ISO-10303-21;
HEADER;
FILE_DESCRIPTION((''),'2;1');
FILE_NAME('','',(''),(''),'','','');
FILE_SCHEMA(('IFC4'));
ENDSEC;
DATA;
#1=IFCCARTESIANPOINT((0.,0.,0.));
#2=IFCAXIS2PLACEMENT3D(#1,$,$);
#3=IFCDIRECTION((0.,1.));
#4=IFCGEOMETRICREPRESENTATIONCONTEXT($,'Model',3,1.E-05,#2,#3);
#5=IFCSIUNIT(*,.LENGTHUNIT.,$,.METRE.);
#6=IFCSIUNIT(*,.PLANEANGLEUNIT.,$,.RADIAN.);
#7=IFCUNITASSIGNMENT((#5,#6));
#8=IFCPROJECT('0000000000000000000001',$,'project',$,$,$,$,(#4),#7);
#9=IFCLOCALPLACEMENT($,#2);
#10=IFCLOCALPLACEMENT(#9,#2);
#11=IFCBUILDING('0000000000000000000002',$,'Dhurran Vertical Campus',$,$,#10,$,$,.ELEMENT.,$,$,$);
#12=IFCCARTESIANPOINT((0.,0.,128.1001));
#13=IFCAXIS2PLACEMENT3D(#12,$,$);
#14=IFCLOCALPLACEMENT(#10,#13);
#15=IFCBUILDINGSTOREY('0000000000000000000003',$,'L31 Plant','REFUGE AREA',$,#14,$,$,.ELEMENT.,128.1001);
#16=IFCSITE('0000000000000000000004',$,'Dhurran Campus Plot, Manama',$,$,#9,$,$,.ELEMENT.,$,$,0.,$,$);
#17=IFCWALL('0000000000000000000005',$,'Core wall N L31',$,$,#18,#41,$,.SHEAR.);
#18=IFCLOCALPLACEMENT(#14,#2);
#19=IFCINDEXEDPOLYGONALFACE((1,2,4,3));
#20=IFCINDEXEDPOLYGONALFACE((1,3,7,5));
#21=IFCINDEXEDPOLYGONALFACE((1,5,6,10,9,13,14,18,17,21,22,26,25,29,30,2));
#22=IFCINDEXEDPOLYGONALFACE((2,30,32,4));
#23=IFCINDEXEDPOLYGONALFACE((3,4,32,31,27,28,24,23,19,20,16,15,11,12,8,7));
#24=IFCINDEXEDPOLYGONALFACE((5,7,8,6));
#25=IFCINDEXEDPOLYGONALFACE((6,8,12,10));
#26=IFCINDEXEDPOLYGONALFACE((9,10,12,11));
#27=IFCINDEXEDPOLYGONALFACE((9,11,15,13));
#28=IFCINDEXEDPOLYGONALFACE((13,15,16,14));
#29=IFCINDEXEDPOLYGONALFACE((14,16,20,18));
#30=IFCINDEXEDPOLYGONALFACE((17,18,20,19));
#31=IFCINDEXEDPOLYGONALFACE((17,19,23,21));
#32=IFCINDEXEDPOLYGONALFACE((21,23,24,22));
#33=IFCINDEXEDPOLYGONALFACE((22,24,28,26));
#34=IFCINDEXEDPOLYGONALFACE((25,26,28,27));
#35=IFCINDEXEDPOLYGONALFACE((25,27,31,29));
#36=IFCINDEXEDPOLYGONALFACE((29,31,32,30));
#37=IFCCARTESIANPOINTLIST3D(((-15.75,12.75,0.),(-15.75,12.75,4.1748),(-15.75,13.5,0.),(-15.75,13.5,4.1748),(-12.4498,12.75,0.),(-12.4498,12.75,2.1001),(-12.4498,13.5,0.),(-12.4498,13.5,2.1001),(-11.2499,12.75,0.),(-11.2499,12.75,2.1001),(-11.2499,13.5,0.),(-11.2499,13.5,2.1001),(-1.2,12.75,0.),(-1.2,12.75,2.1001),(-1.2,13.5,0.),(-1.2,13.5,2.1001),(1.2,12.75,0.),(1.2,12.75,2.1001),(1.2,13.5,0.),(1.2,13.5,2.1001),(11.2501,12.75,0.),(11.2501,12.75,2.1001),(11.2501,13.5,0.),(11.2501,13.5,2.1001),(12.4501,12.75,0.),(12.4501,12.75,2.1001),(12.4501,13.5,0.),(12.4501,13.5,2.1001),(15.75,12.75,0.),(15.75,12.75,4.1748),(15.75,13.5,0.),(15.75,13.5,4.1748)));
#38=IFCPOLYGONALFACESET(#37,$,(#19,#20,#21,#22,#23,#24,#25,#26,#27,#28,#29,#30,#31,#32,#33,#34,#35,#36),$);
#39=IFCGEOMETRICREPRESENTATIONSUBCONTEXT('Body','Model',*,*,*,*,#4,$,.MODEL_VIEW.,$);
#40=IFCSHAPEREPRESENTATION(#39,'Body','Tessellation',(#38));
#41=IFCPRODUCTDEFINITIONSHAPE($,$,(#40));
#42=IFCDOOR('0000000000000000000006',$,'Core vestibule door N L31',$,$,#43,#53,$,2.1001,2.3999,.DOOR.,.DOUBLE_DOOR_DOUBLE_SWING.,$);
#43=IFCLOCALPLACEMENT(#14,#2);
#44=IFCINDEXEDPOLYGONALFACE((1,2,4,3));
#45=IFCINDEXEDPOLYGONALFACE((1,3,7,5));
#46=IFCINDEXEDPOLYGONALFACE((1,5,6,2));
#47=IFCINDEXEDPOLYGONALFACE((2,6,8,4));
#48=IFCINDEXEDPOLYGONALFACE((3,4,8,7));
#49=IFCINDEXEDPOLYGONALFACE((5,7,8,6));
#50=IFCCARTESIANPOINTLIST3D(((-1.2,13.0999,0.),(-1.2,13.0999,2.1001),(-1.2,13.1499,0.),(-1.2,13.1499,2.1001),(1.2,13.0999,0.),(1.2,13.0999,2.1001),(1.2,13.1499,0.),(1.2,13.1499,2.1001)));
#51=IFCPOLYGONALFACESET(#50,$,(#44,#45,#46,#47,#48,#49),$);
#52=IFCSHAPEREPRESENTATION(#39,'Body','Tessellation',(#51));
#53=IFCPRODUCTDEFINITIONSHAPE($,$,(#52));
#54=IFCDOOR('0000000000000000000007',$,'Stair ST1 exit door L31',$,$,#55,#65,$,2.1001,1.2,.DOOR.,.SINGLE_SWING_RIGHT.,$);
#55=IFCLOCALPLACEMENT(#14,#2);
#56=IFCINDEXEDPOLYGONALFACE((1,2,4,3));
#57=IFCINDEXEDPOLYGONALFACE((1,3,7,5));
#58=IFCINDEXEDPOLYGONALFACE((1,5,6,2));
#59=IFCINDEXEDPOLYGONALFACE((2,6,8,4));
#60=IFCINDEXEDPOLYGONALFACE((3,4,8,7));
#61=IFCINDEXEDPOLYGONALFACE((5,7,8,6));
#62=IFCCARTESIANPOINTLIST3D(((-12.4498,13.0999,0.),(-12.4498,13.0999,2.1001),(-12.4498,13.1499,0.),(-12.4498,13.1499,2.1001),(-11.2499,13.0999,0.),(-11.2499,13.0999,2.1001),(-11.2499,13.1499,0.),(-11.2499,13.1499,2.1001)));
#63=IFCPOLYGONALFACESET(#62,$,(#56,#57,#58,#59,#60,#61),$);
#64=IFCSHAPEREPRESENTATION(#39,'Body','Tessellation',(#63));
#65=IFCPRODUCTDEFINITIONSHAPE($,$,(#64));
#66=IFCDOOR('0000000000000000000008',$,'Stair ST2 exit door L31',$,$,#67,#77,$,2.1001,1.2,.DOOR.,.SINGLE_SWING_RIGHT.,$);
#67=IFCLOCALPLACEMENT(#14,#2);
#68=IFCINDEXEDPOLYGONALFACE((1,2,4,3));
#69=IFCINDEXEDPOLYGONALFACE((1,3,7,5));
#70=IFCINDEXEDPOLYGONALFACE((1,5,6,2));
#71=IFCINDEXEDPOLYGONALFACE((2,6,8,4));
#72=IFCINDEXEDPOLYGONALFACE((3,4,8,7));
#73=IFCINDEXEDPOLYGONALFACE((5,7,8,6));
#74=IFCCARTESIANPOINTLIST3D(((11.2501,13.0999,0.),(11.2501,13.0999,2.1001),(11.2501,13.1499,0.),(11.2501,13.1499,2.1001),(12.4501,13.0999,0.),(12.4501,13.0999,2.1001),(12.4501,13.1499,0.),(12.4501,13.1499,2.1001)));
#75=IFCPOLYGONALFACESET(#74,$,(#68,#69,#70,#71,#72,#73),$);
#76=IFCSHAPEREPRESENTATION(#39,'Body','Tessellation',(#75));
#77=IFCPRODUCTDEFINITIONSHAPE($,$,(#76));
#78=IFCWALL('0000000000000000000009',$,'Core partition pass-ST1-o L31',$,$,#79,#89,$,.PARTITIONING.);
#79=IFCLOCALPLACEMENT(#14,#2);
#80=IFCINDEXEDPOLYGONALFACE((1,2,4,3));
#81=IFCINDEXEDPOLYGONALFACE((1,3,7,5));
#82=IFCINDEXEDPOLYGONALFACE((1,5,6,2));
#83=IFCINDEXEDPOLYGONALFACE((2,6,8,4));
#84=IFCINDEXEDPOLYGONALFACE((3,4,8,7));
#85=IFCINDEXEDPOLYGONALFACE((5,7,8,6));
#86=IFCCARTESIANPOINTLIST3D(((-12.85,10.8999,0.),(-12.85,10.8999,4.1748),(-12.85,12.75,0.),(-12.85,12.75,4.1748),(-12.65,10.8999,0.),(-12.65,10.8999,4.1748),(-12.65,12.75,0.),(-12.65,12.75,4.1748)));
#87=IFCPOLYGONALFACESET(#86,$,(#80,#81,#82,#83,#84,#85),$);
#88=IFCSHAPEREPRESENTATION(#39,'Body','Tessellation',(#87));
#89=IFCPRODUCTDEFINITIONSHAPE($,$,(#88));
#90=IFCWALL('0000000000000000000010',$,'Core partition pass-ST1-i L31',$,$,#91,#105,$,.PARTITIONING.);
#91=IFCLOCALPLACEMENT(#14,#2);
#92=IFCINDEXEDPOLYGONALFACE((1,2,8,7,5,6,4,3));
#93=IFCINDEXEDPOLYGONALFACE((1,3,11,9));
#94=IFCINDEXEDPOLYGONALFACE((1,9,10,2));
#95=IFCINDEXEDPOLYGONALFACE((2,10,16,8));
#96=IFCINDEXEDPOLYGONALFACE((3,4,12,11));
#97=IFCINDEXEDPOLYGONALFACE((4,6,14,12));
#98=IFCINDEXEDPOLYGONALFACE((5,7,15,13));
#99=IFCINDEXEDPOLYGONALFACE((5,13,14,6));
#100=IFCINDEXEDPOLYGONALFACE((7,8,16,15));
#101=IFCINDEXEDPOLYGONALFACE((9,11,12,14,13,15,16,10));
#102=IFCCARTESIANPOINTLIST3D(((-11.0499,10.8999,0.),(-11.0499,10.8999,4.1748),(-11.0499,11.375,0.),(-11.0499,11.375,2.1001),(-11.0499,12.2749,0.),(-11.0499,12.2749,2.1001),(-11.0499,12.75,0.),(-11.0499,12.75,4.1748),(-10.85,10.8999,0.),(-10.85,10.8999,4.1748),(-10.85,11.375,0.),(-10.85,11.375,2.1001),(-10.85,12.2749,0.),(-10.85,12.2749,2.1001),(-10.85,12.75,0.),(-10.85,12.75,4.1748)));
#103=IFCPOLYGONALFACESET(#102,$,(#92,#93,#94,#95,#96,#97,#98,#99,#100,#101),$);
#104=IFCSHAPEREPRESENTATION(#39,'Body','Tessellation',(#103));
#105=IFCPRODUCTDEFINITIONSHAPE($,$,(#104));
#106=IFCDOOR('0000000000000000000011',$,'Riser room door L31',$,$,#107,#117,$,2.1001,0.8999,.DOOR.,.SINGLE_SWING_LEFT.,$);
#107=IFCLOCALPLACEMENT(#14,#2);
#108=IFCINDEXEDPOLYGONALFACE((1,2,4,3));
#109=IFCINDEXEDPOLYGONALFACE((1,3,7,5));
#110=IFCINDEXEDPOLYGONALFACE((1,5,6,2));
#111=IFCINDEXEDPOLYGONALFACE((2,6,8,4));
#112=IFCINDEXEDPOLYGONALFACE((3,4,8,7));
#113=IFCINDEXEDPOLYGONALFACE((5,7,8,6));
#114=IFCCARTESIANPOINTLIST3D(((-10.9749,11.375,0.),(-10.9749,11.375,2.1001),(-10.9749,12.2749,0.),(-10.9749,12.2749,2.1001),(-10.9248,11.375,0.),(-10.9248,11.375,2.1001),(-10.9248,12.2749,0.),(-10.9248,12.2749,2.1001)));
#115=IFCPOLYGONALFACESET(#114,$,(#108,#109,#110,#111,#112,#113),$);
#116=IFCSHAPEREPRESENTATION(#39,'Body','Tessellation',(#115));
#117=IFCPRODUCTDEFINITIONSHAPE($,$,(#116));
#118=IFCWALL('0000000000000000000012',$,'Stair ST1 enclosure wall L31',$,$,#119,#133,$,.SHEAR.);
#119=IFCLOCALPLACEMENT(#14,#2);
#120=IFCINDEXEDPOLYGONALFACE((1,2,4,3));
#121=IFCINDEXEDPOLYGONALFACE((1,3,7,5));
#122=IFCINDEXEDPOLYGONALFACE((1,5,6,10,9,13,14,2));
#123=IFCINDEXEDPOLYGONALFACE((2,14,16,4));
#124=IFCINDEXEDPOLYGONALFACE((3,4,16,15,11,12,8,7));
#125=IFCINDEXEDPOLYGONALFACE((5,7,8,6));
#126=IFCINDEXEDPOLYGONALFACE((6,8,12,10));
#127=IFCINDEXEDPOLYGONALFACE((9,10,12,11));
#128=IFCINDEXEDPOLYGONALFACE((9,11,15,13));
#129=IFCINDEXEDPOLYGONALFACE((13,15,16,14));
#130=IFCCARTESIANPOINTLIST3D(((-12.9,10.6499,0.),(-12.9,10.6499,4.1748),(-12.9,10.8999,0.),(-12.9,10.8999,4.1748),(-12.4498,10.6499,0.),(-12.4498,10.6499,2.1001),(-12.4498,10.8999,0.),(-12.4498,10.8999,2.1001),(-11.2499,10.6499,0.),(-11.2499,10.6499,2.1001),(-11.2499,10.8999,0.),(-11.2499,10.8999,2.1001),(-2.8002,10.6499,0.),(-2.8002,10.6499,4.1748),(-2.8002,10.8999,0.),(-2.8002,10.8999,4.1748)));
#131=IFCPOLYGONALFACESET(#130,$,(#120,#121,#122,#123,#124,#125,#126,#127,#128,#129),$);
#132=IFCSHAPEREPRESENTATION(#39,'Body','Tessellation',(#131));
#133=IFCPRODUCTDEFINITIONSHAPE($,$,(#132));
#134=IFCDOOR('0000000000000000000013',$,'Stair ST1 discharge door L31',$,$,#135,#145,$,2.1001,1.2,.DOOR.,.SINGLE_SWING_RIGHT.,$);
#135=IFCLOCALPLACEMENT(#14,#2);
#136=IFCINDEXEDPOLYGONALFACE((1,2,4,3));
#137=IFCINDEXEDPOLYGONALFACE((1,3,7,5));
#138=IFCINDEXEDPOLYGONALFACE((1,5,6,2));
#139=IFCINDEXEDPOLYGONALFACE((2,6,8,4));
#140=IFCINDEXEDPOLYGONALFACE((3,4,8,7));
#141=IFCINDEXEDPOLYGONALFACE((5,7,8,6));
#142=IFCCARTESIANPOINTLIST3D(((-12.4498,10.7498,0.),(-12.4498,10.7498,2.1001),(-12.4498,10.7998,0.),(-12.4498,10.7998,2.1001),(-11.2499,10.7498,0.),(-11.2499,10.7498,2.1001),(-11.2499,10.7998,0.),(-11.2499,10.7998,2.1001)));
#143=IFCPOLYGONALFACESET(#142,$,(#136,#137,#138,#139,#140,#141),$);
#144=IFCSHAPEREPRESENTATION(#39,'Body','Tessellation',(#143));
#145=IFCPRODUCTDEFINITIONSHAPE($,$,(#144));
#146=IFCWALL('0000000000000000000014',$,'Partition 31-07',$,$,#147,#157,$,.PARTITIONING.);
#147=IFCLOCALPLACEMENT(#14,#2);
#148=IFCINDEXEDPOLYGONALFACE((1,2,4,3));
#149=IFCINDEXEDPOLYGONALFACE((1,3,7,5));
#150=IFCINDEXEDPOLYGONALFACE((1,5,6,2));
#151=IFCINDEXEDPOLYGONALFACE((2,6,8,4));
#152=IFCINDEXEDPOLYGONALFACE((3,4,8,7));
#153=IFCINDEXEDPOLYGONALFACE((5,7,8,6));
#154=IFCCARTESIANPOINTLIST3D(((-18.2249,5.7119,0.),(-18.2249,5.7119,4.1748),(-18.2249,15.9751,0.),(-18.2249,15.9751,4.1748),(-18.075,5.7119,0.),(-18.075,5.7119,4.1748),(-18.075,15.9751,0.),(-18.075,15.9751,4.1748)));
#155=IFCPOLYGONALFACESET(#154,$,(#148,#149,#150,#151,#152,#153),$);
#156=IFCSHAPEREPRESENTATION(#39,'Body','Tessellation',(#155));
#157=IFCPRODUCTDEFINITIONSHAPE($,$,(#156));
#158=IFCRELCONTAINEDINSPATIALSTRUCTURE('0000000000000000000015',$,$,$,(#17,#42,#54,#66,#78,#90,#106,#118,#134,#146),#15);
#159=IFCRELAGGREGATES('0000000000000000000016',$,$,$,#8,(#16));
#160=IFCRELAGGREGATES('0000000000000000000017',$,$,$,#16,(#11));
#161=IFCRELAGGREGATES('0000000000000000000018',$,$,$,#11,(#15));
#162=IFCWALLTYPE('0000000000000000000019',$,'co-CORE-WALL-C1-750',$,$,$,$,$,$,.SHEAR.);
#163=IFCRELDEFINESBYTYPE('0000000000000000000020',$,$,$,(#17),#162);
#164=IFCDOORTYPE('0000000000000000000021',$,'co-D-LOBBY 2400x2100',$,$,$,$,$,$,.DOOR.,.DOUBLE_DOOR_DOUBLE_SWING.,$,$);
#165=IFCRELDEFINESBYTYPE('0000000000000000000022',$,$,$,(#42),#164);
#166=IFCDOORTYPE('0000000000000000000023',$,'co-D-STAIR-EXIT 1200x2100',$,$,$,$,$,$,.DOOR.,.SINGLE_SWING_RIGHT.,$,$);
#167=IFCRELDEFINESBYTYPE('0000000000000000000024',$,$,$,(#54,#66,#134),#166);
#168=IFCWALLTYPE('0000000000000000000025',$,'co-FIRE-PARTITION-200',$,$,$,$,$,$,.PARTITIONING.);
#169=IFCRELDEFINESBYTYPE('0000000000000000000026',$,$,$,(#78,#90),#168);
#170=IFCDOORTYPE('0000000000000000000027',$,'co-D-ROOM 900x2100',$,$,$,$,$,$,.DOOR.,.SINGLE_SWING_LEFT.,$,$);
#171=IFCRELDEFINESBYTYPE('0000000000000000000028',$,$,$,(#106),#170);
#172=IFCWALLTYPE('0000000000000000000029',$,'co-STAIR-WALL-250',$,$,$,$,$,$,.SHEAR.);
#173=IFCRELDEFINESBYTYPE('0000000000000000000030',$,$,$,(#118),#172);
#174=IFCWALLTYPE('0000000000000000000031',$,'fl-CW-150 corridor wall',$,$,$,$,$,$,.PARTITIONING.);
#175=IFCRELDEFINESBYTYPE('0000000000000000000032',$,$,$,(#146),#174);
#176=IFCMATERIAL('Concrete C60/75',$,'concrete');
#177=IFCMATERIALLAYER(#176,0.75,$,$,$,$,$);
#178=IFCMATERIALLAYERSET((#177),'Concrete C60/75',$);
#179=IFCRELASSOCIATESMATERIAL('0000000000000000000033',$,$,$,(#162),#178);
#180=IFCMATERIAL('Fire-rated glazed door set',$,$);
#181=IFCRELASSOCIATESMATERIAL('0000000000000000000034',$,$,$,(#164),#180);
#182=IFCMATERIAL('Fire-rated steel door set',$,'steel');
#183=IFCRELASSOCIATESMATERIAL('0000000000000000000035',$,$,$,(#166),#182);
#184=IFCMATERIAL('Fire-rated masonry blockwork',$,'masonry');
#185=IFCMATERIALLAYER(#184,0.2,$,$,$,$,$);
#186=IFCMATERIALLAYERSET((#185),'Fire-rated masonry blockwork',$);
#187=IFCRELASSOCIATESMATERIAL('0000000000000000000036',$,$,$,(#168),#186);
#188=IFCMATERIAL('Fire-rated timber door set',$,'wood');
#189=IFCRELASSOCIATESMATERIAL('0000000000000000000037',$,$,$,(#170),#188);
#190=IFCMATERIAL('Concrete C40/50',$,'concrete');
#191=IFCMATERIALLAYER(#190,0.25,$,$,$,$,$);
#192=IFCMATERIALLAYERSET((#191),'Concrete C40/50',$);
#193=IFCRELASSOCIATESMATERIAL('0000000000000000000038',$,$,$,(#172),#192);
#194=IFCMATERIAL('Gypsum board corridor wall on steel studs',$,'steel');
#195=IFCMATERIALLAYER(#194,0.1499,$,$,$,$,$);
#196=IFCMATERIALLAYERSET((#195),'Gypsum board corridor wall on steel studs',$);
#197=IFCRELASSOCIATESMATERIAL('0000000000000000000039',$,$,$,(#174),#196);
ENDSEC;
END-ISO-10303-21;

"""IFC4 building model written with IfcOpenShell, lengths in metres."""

from ifc_helpers import new_model, si_unit, direction, frame, frame_2d, origin, place, context, subcontext, project, spatial, rectangle, extrude, material, layer, layer_set, type_object, element, fill, save


model = new_model("IFC4")

# Units and contexts
model_context = context("Model", 3, precision=1e-05, world=origin(), true_north=direction((0.0, 1.0)))
body_context = subcontext(model_context, "Body", "Model", "MODEL_VIEW")
ifc_project = project(units=[si_unit("LENGTHUNIT", "METRE"), si_unit("PLANEANGLEUNIT", "RADIAN")], contexts=[model_context])

# Site, building, storey
site_placement = place(None, origin())
site = spatial("IfcSite", under=ifc_project, at=site_placement, Name="Dhurran Campus Plot, Manama", CompositionType="ELEMENT", RefElevation=0.0)
building_placement = place(site_placement, origin())
building = spatial("IfcBuilding", under=site, at=building_placement, Name="Dhurran Vertical Campus", CompositionType="ELEMENT")
storey_placement = place(building_placement, frame((0.0, 0.0, 128.1001)))
storey = spatial("IfcBuildingStorey", under=building, at=storey_placement, Name="L31 Plant", Description="REFUGE AREA", CompositionType="ELEMENT", Elevation=128.1001)

# Wall, openings, doors
ifc_material_1 = material(Name="Concrete C60/75", Category="concrete")
ifc_layer_1 = layer(ifc_material_1, 0.75)
ifc_layer_set_1 = layer_set([ifc_layer_1], Name="Concrete C60/75")
wall_type_1 = type_object("IfcWallType", Name="co-CORE-WALL-C1-750", PredefinedType="SHEAR", material=ifc_layer_set_1)
wall_1_placement = place(storey_placement, frame((-15.75, 13.125, 0.0), z_axis=(0.0, 0.0, 1.0), x_axis=(1.0, 0.0, 0.0)))
wall_1 = element("IfcWall", 1, at=wall_1_placement, inside=storey, type_object=wall_type_1, Name="Core wall N L31", PredefinedType="SHEAR", context=body_context, shape_type="SweptSolid", body=[
    extrude(rectangle(XDim=31.5, YDim=0.75, at=frame_2d((15.75, 0.0))), origin(), (0.0, 0.0, 1.0), 4.1748),
])
opening_1_placement = place(wall_1_placement, frame((14.55, 0.0, 0.0)))
opening_1 = element("IfcOpeningElement", 2, at=opening_1_placement, cuts=wall_1, PredefinedType="OPENING", context=body_context, shape_type="SweptSolid", body=[
    extrude(rectangle(XDim=2.3999, YDim=2.1001, at=frame_2d((1.2, 1.05))), frame((0.0, 0.385, 0.0), z_axis=(0.0, -1.0, 0.0), x_axis=(1.0, 0.0, 0.0)), (0.0, 0.0, 1.0), 0.77),
])
opening_2_placement = place(wall_1_placement, frame((3.3, 0.0, 0.0)))
opening_2 = element("IfcOpeningElement", 3, at=opening_2_placement, cuts=wall_1, PredefinedType="OPENING", context=body_context, shape_type="SweptSolid", body=[
    extrude(rectangle(XDim=1.2, YDim=2.1001, at=frame_2d((0.6001, 1.05))), frame((0.0, 0.385, 0.0), z_axis=(0.0, -1.0, 0.0), x_axis=(1.0, 0.0, 0.0)), (0.0, 0.0, 1.0), 0.77),
])
opening_3_placement = place(wall_1_placement, frame((27.0, 0.0, 0.0)))
opening_3 = element("IfcOpeningElement", 4, at=opening_3_placement, cuts=wall_1, PredefinedType="OPENING", context=body_context, shape_type="SweptSolid", body=[
    extrude(rectangle(XDim=1.2, YDim=2.1001, at=frame_2d((0.6001, 1.05))), frame((0.0, 0.385, 0.0), z_axis=(0.0, -1.0, 0.0), x_axis=(1.0, 0.0, 0.0)), (0.0, 0.0, 1.0), 0.77),
])
ifc_material_2 = material(Name="Fire-rated glazed door set")
door_type_1 = type_object("IfcDoorType", Name="co-D-LOBBY 2400x2100", OperationType="DOUBLE_DOOR_DOUBLE_SWING", PredefinedType="DOOR", material=ifc_material_2)
door_1_placement = place(opening_1_placement, origin())
door_1 = element("IfcDoor", 5, at=door_1_placement, inside=storey, type_object=door_type_1, Name="Core vestibule door N L31", OperationType="DOUBLE_DOOR_DOUBLE_SWING", OverallHeight=2.1001, OverallWidth=2.3999, PredefinedType="DOOR", context=body_context, shape_type="SweptSolid", body=[
    extrude(rectangle(XDim=2.3999, YDim=2.1001, at=frame_2d((1.2, 1.05))), frame((0.0, 0.0249, 0.0), z_axis=(0.0, -1.0, 0.0), x_axis=(1.0, 0.0, 0.0)), (0.0, 0.0, 1.0), 0.05),
])
fill(opening_1, door_1)
ifc_material_3 = material(Name="Fire-rated steel door set", Category="steel")
door_type_2 = type_object("IfcDoorType", Name="co-D-STAIR-EXIT 1200x2100", OperationType="SINGLE_SWING_RIGHT", PredefinedType="DOOR", material=ifc_material_3)
door_2_placement = place(opening_2_placement, origin())
door_2 = element("IfcDoor", 6, at=door_2_placement, inside=storey, type_object=door_type_2, Name="Stair ST1 exit door L31", OperationType="SINGLE_SWING_RIGHT", OverallHeight=2.1001, OverallWidth=1.2, PredefinedType="DOOR", context=body_context, shape_type="SweptSolid", body=[
    extrude(rectangle(XDim=1.2, YDim=2.1001, at=frame_2d((0.6001, 1.05))), frame((0.0, 0.0249, 0.0), z_axis=(0.0, -1.0, 0.0), x_axis=(1.0, 0.0, 0.0)), (0.0, 0.0, 1.0), 0.05),
])
fill(opening_2, door_2)
door_3_placement = place(opening_3_placement, origin())
door_3 = element("IfcDoor", 7, at=door_3_placement, inside=storey, type_object=door_type_2, Name="Stair ST2 exit door L31", OperationType="SINGLE_SWING_RIGHT", OverallHeight=2.1001, OverallWidth=1.2, PredefinedType="DOOR", context=body_context, shape_type="SweptSolid", body=[
    extrude(rectangle(XDim=1.2, YDim=2.1001, at=frame_2d((0.6001, 1.05))), frame((0.0, 0.0249, 0.0), z_axis=(0.0, -1.0, 0.0), x_axis=(1.0, 0.0, 0.0)), (0.0, 0.0, 1.0), 0.05),
])
fill(opening_3, door_3)

# Wall
ifc_material_4 = material(Name="Fire-rated masonry blockwork", Category="masonry")
ifc_layer_2 = layer(ifc_material_4, 0.2)
ifc_layer_set_2 = layer_set([ifc_layer_2], Name="Fire-rated masonry blockwork")
wall_type_2 = type_object("IfcWallType", Name="co-FIRE-PARTITION-200", PredefinedType="PARTITIONING", material=ifc_layer_set_2)
wall_2_placement = place(storey_placement, frame((-12.75, 10.8999, 0.0), z_axis=(0.0, 0.0, 1.0), x_axis=(0.0, 1.0, 0.0)))
element("IfcWall", 8, at=wall_2_placement, inside=storey, type_object=wall_type_2, Name="Core partition pass-ST1-o L31", PredefinedType="PARTITIONING", context=body_context, shape_type="SweptSolid", body=[
    extrude(rectangle(XDim=1.8501, YDim=0.2, at=frame_2d((0.925, 0.0))), origin(), (0.0, 0.0, 1.0), 4.1748),
])

# Walls, openings, doors
wall_3_placement = place(storey_placement, frame((-10.95, 10.8999, 0.0), z_axis=(0.0, 0.0, 1.0), x_axis=(0.0, 1.0, 0.0)))
wall_3 = element("IfcWall", 9, at=wall_3_placement, inside=storey, type_object=wall_type_2, Name="Core partition pass-ST1-i L31", PredefinedType="PARTITIONING", context=body_context, shape_type="SweptSolid", body=[
    extrude(rectangle(XDim=1.8501, YDim=0.2, at=frame_2d((0.925, 0.0))), origin(), (0.0, 0.0, 1.0), 4.1748),
])
opening_4_placement = place(wall_3_placement, frame((0.4751, 0.0, 0.0)))
opening_4 = element("IfcOpeningElement", 10, at=opening_4_placement, cuts=wall_3, PredefinedType="OPENING", context=body_context, shape_type="SweptSolid", body=[
    extrude(rectangle(XDim=0.8999, YDim=2.1001, at=frame_2d((0.45, 1.05))), frame((0.0, 0.1099, 0.0), z_axis=(0.0, -1.0, 0.0), x_axis=(1.0, 0.0, 0.0)), (0.0, 0.0, 1.0), 0.22),
])
ifc_material_5 = material(Name="Fire-rated timber door set", Category="wood")
door_type_3 = type_object("IfcDoorType", Name="co-D-ROOM 900x2100", OperationType="SINGLE_SWING_LEFT", PredefinedType="DOOR", material=ifc_material_5)
door_4_placement = place(opening_4_placement, origin())
door_4 = element("IfcDoor", 11, at=door_4_placement, inside=storey, type_object=door_type_3, Name="Riser room door L31", OperationType="SINGLE_SWING_LEFT", OverallHeight=2.1001, OverallWidth=0.8999, PredefinedType="DOOR", context=body_context, shape_type="SweptSolid", body=[
    extrude(rectangle(XDim=0.8999, YDim=2.1001, at=frame_2d((0.45, 1.05))), frame((0.0, 0.0249, 0.0), z_axis=(0.0, -1.0, 0.0), x_axis=(1.0, 0.0, 0.0)), (0.0, 0.0, 1.0), 0.05),
])
fill(opening_4, door_4)
ifc_material_6 = material(Name="Concrete C40/50", Category="concrete")
ifc_layer_3 = layer(ifc_material_6, 0.25)
ifc_layer_set_3 = layer_set([ifc_layer_3], Name="Concrete C40/50")
wall_type_3 = type_object("IfcWallType", Name="co-STAIR-WALL-250", PredefinedType="SHEAR", material=ifc_layer_set_3)
wall_4_placement = place(storey_placement, frame((-12.8999, 10.7749, 0.0), z_axis=(0.0, 0.0, 1.0), x_axis=(1.0, 0.0, 0.0)))
wall_4 = element("IfcWall", 12, at=wall_4_placement, inside=storey, type_object=wall_type_3, Name="Stair ST1 enclosure wall L31", PredefinedType="SHEAR", context=body_context, shape_type="SweptSolid", body=[
    extrude(rectangle(XDim=10.0999, YDim=0.25, at=frame_2d((5.0498, 0.0))), origin(), (0.0, 0.0, 1.0), 4.1748),
])
opening_5_placement = place(wall_4_placement, frame((0.45, 0.0, 0.0)))
opening_5 = element("IfcOpeningElement", 13, at=opening_5_placement, cuts=wall_4, PredefinedType="OPENING", context=body_context, shape_type="SweptSolid", body=[
    extrude(rectangle(XDim=1.2, YDim=2.1001, at=frame_2d((0.6001, 1.05))), frame((0.0, 0.135, 0.0), z_axis=(0.0, -1.0, 0.0), x_axis=(1.0, 0.0, 0.0)), (0.0, 0.0, 1.0), 0.27),
])
door_5_placement = place(opening_5_placement, origin())
door_5 = element("IfcDoor", 14, at=door_5_placement, inside=storey, type_object=door_type_2, Name="Stair ST1 discharge door L31", OperationType="SINGLE_SWING_RIGHT", OverallHeight=2.1001, OverallWidth=1.2, PredefinedType="DOOR", context=body_context, shape_type="SweptSolid", body=[
    extrude(rectangle(XDim=1.2, YDim=2.1001, at=frame_2d((0.6001, 1.05))), frame((0.0, 0.0249, 0.0), z_axis=(0.0, -1.0, 0.0), x_axis=(1.0, 0.0, 0.0)), (0.0, 0.0, 1.0), 0.05),
])
fill(opening_5, door_5)

# Wall
ifc_material_7 = material(Name="Gypsum board corridor wall on steel studs", Category="steel")
ifc_layer_4 = layer(ifc_material_7, 0.1499)
ifc_layer_set_4 = layer_set([ifc_layer_4], Name="Gypsum board corridor wall on steel studs")
wall_type_4 = type_object("IfcWallType", Name="fl-CW-150 corridor wall", PredefinedType="PARTITIONING", material=ifc_layer_set_4)
wall_5_placement = place(storey_placement, frame((-18.1499, 15.9751, 0.0), z_axis=(0.0, 0.0, 1.0), x_axis=(0.0, -1.0, 0.0)))
element("IfcWall", 15, at=wall_5_placement, inside=storey, type_object=wall_type_4, Name="Partition 31-07", PredefinedType="PARTITIONING", context=body_context, shape_type="SweptSolid", body=[
    extrude(rectangle(XDim=10.2632, YDim=0.1499, at=frame_2d((5.1316, 0.0))), origin(), (0.0, 0.0, 1.0), 4.1748),
])

save(model, "model.ifc")
